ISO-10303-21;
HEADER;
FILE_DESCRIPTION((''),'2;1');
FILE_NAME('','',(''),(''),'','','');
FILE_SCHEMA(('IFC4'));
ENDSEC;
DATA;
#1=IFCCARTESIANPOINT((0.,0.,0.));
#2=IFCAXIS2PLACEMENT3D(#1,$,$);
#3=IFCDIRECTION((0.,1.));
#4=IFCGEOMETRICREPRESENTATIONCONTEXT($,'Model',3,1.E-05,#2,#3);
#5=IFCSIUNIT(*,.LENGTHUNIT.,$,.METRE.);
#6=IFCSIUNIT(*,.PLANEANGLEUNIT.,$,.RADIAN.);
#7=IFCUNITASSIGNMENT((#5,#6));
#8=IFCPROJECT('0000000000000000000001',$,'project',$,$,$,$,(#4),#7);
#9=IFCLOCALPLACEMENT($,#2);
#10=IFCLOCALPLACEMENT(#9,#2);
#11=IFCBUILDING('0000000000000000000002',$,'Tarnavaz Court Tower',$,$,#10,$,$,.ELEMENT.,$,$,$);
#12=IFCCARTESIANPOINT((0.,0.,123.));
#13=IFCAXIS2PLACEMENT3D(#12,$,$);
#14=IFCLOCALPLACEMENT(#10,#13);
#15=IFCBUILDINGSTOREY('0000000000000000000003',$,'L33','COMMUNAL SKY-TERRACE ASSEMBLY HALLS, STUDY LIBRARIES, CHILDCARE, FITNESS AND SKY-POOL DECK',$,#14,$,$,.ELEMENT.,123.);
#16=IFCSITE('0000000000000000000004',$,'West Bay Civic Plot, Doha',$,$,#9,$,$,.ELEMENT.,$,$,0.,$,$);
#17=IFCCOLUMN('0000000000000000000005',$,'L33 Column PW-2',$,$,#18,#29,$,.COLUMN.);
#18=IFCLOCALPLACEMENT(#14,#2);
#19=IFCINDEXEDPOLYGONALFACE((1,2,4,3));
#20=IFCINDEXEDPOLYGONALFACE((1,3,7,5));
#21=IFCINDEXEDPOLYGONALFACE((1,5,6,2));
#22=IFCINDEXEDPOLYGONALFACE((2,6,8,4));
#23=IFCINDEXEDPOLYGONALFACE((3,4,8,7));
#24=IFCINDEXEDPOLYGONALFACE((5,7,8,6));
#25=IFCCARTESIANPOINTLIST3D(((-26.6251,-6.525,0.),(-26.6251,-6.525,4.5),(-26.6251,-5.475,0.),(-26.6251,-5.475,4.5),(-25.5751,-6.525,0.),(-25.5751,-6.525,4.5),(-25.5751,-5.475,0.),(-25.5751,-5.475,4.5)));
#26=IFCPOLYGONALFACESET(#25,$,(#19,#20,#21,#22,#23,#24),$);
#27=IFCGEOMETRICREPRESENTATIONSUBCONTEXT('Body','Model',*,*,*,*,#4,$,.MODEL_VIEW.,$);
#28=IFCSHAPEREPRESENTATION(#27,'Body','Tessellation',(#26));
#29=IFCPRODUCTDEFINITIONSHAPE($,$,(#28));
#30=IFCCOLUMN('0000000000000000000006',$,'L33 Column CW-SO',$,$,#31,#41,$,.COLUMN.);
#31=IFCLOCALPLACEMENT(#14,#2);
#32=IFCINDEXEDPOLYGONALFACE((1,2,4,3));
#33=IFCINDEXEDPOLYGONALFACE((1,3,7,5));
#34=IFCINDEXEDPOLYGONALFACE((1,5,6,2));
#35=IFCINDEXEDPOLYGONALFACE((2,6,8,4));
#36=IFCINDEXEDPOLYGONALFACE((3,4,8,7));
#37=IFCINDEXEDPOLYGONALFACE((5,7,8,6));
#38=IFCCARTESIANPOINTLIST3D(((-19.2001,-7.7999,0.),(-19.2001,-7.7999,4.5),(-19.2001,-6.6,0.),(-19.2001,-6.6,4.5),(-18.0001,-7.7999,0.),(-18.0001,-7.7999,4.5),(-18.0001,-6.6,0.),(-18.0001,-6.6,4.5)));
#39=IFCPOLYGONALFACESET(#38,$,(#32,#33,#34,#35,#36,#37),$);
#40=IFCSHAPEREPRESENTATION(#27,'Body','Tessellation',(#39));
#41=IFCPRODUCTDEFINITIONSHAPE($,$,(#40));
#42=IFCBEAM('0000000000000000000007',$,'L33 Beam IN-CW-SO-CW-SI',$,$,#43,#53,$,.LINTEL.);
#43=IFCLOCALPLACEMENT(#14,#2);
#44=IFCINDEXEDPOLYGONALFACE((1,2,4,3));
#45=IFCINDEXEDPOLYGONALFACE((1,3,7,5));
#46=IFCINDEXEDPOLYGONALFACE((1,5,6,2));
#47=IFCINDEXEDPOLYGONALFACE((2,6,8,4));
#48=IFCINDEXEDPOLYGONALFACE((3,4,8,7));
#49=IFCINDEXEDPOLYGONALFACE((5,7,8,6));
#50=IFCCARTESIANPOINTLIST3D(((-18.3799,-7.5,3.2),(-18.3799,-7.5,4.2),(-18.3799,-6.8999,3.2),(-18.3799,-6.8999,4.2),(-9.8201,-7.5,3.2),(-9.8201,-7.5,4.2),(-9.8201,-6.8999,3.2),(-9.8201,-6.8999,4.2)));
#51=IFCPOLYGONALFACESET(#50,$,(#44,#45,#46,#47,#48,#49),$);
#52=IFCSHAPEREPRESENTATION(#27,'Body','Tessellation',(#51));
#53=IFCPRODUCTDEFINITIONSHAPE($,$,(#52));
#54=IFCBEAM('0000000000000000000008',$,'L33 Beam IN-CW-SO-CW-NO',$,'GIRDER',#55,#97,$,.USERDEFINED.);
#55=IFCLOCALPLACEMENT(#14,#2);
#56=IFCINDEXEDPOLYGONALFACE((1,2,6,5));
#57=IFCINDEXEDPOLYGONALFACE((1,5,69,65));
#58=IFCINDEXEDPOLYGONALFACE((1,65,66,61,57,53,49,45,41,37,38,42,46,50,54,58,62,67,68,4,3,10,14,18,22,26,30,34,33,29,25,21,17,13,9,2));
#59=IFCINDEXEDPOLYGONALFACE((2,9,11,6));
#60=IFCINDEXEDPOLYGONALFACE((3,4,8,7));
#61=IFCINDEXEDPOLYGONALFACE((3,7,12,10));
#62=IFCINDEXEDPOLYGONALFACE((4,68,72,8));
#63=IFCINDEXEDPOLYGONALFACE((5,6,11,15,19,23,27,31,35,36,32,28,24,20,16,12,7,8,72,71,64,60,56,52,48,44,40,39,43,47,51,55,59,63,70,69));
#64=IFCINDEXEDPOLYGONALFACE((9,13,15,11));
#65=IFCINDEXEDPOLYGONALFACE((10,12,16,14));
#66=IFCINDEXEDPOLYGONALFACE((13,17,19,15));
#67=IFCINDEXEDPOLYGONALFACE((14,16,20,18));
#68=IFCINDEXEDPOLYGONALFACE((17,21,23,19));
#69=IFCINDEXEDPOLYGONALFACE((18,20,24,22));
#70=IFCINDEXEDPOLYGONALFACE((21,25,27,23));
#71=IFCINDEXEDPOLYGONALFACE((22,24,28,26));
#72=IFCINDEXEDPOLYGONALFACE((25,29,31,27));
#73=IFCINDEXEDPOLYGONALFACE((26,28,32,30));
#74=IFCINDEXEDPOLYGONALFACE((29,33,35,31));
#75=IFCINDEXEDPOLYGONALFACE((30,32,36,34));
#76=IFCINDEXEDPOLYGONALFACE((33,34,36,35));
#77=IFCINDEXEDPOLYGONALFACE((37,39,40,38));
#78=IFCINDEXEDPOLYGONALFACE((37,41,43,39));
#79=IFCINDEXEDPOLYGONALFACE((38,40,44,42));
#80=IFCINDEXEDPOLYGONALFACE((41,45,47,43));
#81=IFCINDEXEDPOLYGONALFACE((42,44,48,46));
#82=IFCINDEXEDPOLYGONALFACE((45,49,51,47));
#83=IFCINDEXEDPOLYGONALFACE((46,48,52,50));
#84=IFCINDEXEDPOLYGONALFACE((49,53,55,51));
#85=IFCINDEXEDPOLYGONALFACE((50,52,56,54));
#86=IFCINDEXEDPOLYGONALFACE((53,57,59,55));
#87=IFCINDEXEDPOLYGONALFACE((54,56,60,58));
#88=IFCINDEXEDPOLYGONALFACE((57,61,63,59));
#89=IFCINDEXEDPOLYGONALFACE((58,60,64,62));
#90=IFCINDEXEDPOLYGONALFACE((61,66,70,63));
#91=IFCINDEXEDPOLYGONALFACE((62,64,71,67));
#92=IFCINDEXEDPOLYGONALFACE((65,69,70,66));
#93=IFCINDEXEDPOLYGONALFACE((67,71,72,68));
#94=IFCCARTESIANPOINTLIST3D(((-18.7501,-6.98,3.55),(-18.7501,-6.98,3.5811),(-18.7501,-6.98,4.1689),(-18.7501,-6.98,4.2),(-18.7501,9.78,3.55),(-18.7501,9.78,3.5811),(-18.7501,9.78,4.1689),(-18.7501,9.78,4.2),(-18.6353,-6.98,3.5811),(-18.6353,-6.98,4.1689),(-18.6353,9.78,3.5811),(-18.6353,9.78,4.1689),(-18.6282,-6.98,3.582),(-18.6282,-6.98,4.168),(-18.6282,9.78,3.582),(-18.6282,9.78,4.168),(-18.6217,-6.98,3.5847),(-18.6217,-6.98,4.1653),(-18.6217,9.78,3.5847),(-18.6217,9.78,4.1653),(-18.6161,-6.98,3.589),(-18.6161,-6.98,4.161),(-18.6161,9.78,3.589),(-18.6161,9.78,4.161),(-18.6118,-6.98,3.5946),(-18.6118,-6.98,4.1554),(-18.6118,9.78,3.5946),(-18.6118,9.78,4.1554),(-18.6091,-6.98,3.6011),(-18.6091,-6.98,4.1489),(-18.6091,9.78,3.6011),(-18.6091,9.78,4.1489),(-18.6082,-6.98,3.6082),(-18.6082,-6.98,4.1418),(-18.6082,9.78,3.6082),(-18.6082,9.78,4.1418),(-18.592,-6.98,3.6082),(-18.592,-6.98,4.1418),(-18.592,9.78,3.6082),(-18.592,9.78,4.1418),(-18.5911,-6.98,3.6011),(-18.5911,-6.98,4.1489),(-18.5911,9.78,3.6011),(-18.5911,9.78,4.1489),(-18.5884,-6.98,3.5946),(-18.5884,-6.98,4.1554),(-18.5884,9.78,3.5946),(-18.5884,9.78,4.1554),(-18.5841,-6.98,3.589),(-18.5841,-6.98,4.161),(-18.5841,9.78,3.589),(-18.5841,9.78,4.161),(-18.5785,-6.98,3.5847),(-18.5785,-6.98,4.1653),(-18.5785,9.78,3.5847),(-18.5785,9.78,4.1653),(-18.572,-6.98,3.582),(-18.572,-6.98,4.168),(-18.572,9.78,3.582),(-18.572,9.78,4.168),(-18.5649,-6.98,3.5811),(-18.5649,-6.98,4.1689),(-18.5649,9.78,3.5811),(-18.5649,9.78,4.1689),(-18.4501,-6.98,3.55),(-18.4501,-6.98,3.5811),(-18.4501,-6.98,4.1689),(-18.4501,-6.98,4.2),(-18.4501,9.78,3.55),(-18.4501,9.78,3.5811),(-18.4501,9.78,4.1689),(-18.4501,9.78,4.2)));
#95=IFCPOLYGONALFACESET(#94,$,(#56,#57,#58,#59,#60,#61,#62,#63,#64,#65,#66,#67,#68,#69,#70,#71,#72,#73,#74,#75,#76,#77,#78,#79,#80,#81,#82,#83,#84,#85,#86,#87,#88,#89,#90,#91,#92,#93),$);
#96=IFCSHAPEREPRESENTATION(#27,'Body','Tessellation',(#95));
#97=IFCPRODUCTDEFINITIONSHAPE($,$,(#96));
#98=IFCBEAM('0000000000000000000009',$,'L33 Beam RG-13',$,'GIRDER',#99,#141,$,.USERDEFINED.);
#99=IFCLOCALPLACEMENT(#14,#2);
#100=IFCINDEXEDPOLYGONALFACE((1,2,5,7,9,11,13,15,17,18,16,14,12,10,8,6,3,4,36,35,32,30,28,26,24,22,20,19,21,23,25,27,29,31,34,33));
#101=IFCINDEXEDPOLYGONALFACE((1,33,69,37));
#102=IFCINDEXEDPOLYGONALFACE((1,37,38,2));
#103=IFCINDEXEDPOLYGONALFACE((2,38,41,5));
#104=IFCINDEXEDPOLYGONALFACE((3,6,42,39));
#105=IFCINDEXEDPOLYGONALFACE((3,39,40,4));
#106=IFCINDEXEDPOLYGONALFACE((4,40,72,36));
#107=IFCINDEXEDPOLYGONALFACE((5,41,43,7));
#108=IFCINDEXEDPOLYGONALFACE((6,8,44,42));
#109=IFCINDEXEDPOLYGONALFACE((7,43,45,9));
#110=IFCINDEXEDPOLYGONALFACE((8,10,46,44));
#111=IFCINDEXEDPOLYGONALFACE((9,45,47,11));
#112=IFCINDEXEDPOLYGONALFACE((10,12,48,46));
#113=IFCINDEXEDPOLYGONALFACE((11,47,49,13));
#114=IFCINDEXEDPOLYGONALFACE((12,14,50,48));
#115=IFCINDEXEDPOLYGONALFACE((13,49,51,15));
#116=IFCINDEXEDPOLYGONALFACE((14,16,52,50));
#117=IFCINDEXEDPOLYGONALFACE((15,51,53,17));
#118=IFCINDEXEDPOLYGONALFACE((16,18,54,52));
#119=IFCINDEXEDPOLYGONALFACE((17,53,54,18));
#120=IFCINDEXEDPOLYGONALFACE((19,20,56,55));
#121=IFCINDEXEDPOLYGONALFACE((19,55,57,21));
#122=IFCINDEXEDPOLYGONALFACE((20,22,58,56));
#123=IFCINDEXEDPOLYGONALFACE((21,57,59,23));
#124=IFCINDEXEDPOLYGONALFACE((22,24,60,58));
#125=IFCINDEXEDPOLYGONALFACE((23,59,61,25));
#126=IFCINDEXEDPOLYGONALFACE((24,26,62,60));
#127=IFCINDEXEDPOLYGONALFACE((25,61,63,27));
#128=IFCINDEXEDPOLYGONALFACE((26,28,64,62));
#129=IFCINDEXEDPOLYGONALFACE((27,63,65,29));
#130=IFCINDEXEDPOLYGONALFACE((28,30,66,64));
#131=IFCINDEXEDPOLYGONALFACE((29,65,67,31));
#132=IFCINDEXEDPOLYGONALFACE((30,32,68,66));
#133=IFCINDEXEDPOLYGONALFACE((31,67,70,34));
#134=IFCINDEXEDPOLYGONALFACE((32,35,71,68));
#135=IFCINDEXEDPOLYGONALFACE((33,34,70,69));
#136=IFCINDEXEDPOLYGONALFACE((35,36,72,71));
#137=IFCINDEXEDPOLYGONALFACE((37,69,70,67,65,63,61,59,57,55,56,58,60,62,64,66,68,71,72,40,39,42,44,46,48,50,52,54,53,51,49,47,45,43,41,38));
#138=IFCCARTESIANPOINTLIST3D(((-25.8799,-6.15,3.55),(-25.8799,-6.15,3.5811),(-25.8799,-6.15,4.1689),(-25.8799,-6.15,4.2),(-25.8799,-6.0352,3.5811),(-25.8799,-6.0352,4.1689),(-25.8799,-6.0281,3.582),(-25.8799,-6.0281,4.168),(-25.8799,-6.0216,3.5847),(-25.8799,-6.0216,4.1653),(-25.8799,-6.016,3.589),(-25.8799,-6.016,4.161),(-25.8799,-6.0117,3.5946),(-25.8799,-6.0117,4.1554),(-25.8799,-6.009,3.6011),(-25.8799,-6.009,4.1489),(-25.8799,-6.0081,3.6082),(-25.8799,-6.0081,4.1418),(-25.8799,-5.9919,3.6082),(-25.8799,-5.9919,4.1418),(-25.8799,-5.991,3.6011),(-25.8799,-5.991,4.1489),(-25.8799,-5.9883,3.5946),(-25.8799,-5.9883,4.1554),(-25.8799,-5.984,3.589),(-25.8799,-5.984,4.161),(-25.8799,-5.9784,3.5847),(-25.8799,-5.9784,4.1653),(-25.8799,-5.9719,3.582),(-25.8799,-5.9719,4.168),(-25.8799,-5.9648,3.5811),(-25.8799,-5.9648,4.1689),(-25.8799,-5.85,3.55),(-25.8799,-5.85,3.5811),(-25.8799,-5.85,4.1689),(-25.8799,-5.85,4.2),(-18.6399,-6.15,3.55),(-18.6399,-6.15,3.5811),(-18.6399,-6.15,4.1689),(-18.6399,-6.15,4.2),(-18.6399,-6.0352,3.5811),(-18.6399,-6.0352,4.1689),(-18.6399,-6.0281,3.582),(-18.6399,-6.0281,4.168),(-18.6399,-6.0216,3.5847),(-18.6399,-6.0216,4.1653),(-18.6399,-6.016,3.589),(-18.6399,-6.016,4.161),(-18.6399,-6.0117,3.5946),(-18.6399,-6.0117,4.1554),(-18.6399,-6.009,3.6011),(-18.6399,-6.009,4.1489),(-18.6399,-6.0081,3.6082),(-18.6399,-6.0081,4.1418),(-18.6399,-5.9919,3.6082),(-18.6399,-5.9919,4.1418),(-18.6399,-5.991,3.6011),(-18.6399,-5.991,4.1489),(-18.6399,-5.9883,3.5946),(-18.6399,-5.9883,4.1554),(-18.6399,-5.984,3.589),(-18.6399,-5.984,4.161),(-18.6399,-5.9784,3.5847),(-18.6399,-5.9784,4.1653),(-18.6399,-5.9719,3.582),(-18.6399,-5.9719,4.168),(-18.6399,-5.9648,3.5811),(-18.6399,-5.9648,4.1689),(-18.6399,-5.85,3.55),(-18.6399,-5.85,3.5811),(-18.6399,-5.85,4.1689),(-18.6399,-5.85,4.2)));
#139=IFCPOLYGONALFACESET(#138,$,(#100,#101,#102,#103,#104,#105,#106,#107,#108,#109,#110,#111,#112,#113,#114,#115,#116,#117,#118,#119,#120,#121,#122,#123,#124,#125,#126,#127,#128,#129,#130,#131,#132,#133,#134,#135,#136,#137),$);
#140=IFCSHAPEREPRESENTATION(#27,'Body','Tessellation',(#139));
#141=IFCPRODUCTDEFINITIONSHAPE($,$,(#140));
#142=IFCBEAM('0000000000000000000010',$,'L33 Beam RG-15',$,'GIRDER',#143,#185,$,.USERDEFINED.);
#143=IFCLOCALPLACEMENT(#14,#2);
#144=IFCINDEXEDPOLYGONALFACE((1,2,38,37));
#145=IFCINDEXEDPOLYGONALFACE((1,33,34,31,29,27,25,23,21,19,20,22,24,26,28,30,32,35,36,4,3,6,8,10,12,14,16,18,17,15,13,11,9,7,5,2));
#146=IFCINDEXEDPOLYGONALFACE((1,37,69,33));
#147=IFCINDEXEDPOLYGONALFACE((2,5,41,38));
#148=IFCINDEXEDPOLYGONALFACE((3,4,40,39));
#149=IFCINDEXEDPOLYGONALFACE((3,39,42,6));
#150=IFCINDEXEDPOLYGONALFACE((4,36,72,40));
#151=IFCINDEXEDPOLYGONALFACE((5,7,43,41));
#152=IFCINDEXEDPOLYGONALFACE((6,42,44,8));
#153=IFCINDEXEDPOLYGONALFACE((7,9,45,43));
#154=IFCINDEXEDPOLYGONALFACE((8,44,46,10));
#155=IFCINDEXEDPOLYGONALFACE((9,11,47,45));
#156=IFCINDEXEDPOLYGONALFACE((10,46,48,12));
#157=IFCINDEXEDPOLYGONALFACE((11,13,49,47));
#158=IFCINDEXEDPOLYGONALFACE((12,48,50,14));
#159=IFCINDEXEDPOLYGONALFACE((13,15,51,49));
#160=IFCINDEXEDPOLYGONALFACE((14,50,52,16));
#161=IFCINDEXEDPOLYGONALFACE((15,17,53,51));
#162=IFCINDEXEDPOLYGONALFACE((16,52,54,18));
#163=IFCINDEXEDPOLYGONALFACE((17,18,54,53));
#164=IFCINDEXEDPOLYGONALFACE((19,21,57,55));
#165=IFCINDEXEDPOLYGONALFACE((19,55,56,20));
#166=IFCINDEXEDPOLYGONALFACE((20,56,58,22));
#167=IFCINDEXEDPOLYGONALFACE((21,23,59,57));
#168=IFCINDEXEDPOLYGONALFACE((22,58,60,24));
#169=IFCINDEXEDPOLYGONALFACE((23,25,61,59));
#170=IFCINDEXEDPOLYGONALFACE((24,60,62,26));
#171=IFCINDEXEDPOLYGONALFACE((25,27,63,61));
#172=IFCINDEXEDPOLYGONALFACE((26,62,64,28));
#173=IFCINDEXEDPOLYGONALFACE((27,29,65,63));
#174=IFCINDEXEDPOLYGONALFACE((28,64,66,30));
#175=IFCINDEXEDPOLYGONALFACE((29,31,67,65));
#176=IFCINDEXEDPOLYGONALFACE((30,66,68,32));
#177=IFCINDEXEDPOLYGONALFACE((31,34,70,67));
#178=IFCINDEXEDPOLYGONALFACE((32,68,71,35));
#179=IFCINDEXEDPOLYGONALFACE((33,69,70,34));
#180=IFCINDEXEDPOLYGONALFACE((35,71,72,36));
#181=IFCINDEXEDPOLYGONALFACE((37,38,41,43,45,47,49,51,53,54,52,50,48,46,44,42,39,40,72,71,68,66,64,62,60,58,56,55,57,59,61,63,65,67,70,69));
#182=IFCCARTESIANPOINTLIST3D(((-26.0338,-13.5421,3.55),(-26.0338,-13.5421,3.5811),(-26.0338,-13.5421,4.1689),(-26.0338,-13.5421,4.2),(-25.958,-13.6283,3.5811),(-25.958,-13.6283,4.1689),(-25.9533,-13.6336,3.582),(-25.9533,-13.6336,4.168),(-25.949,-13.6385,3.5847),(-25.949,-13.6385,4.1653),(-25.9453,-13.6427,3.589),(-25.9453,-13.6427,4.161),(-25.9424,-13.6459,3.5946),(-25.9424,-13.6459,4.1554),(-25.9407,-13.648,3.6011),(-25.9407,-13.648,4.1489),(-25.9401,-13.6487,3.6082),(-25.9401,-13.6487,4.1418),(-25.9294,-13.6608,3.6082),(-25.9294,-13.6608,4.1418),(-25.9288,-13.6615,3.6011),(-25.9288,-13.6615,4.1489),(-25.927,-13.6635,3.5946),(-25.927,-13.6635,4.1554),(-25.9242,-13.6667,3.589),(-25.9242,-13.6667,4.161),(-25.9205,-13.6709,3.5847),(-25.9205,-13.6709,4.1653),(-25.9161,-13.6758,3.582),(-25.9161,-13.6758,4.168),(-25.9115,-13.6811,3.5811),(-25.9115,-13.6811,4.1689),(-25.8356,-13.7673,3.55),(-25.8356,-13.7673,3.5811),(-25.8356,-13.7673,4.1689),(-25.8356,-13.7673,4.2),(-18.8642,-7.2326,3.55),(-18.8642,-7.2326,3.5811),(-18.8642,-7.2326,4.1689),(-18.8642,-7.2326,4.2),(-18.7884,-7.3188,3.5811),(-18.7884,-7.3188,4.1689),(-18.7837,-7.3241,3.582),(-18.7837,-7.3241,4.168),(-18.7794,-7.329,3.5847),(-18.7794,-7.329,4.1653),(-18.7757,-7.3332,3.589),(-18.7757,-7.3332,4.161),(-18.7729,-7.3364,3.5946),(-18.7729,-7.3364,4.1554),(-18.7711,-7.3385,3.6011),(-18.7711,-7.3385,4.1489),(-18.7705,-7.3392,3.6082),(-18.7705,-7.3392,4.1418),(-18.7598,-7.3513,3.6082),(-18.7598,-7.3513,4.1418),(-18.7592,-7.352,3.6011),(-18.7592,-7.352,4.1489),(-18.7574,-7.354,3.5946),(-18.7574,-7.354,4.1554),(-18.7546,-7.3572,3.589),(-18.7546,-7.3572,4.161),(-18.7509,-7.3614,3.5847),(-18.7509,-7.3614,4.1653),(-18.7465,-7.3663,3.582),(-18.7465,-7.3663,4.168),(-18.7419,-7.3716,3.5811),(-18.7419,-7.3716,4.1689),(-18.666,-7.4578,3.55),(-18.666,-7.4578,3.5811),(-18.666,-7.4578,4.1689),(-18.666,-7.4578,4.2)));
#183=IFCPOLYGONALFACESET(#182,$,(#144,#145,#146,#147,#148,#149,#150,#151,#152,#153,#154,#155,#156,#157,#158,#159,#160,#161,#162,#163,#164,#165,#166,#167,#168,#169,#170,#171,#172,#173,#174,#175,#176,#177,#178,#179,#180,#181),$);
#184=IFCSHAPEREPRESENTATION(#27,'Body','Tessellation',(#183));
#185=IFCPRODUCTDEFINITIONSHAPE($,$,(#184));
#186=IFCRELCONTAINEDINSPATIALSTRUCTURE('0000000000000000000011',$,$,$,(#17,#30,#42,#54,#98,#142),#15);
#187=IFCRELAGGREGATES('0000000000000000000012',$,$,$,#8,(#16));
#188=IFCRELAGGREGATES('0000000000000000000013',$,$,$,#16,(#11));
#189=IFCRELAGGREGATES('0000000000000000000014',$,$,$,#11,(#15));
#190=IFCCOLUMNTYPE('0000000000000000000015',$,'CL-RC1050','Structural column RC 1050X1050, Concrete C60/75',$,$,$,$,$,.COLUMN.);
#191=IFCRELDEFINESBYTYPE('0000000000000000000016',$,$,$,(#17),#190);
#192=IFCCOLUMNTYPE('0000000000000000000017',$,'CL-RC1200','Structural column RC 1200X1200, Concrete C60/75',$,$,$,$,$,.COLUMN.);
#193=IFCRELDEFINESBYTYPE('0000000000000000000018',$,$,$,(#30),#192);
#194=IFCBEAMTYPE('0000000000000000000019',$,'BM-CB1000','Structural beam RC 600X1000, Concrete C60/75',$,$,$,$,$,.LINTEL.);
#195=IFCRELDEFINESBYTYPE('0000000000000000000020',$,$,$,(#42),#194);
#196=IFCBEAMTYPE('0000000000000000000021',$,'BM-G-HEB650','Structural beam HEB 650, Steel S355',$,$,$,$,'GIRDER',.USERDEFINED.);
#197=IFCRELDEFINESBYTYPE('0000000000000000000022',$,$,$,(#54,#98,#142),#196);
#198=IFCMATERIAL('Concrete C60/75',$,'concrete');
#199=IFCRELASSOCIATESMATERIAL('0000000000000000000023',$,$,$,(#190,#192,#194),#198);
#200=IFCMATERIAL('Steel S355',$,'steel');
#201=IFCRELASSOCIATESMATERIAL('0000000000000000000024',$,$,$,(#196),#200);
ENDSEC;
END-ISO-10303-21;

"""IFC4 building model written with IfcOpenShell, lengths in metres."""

from ifc_helpers import new_model, si_unit, direction, frame, origin, origin_2d, place, context, subcontext, project, spatial, rectangle, i_section, extrude, material, material_profile, profile_set, type_object, element, save


model = new_model("IFC4")

# Units and contexts
model_context = context("Model", 3, precision=1e-05, world=origin(), true_north=direction((0.0, 1.0)))
body_context = subcontext(model_context, "Body", "Model", "MODEL_VIEW")
ifc_project = project(units=[si_unit("LENGTHUNIT", "METRE"), si_unit("PLANEANGLEUNIT", "RADIAN")], contexts=[model_context])

# Site, building, storey
site_placement = place(None, origin())
site = spatial("IfcSite", under=ifc_project, at=site_placement, Name="West Bay Civic Plot, Doha", CompositionType="ELEMENT", RefElevation=0.0)
building_placement = place(site_placement, origin())
building = spatial("IfcBuilding", under=site, at=building_placement, Name="Tarnavaz Court Tower", CompositionType="ELEMENT")
storey_placement = place(building_placement, frame((0.0, 0.0, 123.0)))
storey = spatial("IfcBuildingStorey", under=building, at=storey_placement, Name="L33", Description="COMMUNAL SKY-TERRACE ASSEMBLY HALLS, STUDY LIBRARIES, CHILDCARE, FITNESS AND SKY-POOL DECK", CompositionType="ELEMENT", Elevation=123.0)

# Columns
ifc_material_1 = material(Name="Concrete C60/75", Category="concrete")
ifc_material_profile_1 = material_profile(ifc_material_1, rectangle(XDim=1.05, YDim=1.05, at=origin_2d()), Name="RC 1050X1050")
ifc_profile_set_1 = profile_set([ifc_material_profile_1], Name="Concrete C60/75")
column_type_1 = type_object("IfcColumnType", Name="CL-RC1050", Description="Structural column RC 1050X1050, Concrete C60/75", PredefinedType="COLUMN", material=ifc_profile_set_1)
column_1_placement = place(storey_placement, frame((-26.1001, -6.0, 0.0), z_axis=(0.0, 0.0, 1.0), x_axis=(1.0, 0.0, 0.0)))
element("IfcColumn", 1, at=column_1_placement, inside=storey, type_object=column_type_1, Name="L33 Column PW-2", PredefinedType="COLUMN", context=body_context, shape_type="SweptSolid", body=[
    extrude(rectangle(XDim=1.05, YDim=1.05, at=origin_2d()), origin(), (0.0, 0.0, 1.0), 4.5),
])
ifc_material_profile_2 = material_profile(ifc_material_1, rectangle(XDim=1.2, YDim=1.2, at=origin_2d()), Name="RC 1200X1200")
ifc_profile_set_2 = profile_set([ifc_material_profile_2], Name="Concrete C60/75")
column_type_2 = type_object("IfcColumnType", Name="CL-RC1200", Description="Structural column RC 1200X1200, Concrete C60/75", PredefinedType="COLUMN", material=ifc_profile_set_2)
column_2_placement = place(storey_placement, frame((-18.6001, -7.2, 0.0), z_axis=(0.0, 0.0, 1.0), x_axis=(1.0, 0.0, 0.0)))
element("IfcColumn", 2, at=column_2_placement, inside=storey, type_object=column_type_2, Name="L33 Column CW-SO", PredefinedType="COLUMN", context=body_context, shape_type="SweptSolid", body=[
    extrude(rectangle(XDim=1.2, YDim=1.2, at=origin_2d()), origin(), (0.0, 0.0, 1.0), 4.5),
])

# Beams
ifc_material_profile_3 = material_profile(ifc_material_1, rectangle(XDim=0.6001, YDim=1.0, at=origin_2d()), Name="RC 600X1000")
ifc_profile_set_3 = profile_set([ifc_material_profile_3], Name="Concrete C60/75")
beam_type_1 = type_object("IfcBeamType", Name="BM-CB1000", Description="Structural beam RC 600X1000, Concrete C60/75", PredefinedType="LINTEL", material=ifc_profile_set_3)
beam_1_placement = place(storey_placement, frame((-18.3799, -7.2, 3.7), z_axis=(1.0, 0.0, 0.0), x_axis=(0.0, 1.0, 0.0)))
element("IfcBeam", 3, at=beam_1_placement, inside=storey, type_object=beam_type_1, Name="L33 Beam IN-CW-SO-CW-SI", PredefinedType="LINTEL", context=body_context, shape_type="SweptSolid", body=[
    extrude(rectangle(XDim=0.6001, YDim=1.0, at=origin_2d()), origin(), (0.0, 0.0, 1.0), 8.5598),
])
ifc_material_2 = material(Name="Steel S355", Category="steel")
ifc_material_profile_4 = material_profile(ifc_material_2, i_section(OverallWidth=0.3, OverallDepth=0.6499, WebThickness=0.0161, FlangeThickness=0.031, FilletRadius=0.0271, at=origin_2d()), Name="HEB 650")
ifc_profile_set_4 = profile_set([ifc_material_profile_4], Name="Steel S355")
beam_type_2 = type_object("IfcBeamType", Name="BM-G-HEB650", Description="Structural beam HEB 650, Steel S355", ElementType="GIRDER", PredefinedType="USERDEFINED", material=ifc_profile_set_4)
beam_2_placement = place(storey_placement, frame((-18.6001, -6.98, 3.875), z_axis=(0.0, 1.0, 0.0), x_axis=(-1.0, 0.0, 0.0)))
element("IfcBeam", 4, at=beam_2_placement, inside=storey, type_object=beam_type_2, Name="L33 Beam IN-CW-SO-CW-NO", ObjectType="GIRDER", PredefinedType="USERDEFINED", context=body_context, shape_type="SweptSolid", body=[
    extrude(i_section(OverallWidth=0.3, OverallDepth=0.6499, WebThickness=0.0161, FlangeThickness=0.031, FilletRadius=0.0271, at=origin_2d()), origin(), (0.0, 0.0, 1.0), 16.76),
])
beam_3_placement = place(storey_placement, frame((-18.6399, -6.0, 3.875), z_axis=(-1.0, 0.0, 0.0), x_axis=(0.0, -1.0, 0.0)))
element("IfcBeam", 5, at=beam_3_placement, inside=storey, type_object=beam_type_2, Name="L33 Beam RG-13", ObjectType="GIRDER", PredefinedType="USERDEFINED", context=body_context, shape_type="SweptSolid", body=[
    extrude(i_section(OverallWidth=0.3, OverallDepth=0.6499, WebThickness=0.0161, FlangeThickness=0.031, FilletRadius=0.0271, at=origin_2d()), origin(), (0.0, 0.0, 1.0), 7.24),
])
beam_4_placement = place(storey_placement, frame((-18.7651, -7.3452, 3.875), z_axis=(-0.7507, -0.660643, 0.0), x_axis=(0.660643, -0.7507, 0.0)))
element("IfcBeam", 6, at=beam_4_placement, inside=storey, type_object=beam_type_2, Name="L33 Beam RG-15", ObjectType="GIRDER", PredefinedType="USERDEFINED", context=body_context, shape_type="SweptSolid", body=[
    extrude(i_section(OverallWidth=0.3, OverallDepth=0.6499, WebThickness=0.0161, FlangeThickness=0.031, FilletRadius=0.0271, at=origin_2d()), origin(), (0.0, 0.0, 1.0), 9.5505),
])

save(model, "model.ifc")
